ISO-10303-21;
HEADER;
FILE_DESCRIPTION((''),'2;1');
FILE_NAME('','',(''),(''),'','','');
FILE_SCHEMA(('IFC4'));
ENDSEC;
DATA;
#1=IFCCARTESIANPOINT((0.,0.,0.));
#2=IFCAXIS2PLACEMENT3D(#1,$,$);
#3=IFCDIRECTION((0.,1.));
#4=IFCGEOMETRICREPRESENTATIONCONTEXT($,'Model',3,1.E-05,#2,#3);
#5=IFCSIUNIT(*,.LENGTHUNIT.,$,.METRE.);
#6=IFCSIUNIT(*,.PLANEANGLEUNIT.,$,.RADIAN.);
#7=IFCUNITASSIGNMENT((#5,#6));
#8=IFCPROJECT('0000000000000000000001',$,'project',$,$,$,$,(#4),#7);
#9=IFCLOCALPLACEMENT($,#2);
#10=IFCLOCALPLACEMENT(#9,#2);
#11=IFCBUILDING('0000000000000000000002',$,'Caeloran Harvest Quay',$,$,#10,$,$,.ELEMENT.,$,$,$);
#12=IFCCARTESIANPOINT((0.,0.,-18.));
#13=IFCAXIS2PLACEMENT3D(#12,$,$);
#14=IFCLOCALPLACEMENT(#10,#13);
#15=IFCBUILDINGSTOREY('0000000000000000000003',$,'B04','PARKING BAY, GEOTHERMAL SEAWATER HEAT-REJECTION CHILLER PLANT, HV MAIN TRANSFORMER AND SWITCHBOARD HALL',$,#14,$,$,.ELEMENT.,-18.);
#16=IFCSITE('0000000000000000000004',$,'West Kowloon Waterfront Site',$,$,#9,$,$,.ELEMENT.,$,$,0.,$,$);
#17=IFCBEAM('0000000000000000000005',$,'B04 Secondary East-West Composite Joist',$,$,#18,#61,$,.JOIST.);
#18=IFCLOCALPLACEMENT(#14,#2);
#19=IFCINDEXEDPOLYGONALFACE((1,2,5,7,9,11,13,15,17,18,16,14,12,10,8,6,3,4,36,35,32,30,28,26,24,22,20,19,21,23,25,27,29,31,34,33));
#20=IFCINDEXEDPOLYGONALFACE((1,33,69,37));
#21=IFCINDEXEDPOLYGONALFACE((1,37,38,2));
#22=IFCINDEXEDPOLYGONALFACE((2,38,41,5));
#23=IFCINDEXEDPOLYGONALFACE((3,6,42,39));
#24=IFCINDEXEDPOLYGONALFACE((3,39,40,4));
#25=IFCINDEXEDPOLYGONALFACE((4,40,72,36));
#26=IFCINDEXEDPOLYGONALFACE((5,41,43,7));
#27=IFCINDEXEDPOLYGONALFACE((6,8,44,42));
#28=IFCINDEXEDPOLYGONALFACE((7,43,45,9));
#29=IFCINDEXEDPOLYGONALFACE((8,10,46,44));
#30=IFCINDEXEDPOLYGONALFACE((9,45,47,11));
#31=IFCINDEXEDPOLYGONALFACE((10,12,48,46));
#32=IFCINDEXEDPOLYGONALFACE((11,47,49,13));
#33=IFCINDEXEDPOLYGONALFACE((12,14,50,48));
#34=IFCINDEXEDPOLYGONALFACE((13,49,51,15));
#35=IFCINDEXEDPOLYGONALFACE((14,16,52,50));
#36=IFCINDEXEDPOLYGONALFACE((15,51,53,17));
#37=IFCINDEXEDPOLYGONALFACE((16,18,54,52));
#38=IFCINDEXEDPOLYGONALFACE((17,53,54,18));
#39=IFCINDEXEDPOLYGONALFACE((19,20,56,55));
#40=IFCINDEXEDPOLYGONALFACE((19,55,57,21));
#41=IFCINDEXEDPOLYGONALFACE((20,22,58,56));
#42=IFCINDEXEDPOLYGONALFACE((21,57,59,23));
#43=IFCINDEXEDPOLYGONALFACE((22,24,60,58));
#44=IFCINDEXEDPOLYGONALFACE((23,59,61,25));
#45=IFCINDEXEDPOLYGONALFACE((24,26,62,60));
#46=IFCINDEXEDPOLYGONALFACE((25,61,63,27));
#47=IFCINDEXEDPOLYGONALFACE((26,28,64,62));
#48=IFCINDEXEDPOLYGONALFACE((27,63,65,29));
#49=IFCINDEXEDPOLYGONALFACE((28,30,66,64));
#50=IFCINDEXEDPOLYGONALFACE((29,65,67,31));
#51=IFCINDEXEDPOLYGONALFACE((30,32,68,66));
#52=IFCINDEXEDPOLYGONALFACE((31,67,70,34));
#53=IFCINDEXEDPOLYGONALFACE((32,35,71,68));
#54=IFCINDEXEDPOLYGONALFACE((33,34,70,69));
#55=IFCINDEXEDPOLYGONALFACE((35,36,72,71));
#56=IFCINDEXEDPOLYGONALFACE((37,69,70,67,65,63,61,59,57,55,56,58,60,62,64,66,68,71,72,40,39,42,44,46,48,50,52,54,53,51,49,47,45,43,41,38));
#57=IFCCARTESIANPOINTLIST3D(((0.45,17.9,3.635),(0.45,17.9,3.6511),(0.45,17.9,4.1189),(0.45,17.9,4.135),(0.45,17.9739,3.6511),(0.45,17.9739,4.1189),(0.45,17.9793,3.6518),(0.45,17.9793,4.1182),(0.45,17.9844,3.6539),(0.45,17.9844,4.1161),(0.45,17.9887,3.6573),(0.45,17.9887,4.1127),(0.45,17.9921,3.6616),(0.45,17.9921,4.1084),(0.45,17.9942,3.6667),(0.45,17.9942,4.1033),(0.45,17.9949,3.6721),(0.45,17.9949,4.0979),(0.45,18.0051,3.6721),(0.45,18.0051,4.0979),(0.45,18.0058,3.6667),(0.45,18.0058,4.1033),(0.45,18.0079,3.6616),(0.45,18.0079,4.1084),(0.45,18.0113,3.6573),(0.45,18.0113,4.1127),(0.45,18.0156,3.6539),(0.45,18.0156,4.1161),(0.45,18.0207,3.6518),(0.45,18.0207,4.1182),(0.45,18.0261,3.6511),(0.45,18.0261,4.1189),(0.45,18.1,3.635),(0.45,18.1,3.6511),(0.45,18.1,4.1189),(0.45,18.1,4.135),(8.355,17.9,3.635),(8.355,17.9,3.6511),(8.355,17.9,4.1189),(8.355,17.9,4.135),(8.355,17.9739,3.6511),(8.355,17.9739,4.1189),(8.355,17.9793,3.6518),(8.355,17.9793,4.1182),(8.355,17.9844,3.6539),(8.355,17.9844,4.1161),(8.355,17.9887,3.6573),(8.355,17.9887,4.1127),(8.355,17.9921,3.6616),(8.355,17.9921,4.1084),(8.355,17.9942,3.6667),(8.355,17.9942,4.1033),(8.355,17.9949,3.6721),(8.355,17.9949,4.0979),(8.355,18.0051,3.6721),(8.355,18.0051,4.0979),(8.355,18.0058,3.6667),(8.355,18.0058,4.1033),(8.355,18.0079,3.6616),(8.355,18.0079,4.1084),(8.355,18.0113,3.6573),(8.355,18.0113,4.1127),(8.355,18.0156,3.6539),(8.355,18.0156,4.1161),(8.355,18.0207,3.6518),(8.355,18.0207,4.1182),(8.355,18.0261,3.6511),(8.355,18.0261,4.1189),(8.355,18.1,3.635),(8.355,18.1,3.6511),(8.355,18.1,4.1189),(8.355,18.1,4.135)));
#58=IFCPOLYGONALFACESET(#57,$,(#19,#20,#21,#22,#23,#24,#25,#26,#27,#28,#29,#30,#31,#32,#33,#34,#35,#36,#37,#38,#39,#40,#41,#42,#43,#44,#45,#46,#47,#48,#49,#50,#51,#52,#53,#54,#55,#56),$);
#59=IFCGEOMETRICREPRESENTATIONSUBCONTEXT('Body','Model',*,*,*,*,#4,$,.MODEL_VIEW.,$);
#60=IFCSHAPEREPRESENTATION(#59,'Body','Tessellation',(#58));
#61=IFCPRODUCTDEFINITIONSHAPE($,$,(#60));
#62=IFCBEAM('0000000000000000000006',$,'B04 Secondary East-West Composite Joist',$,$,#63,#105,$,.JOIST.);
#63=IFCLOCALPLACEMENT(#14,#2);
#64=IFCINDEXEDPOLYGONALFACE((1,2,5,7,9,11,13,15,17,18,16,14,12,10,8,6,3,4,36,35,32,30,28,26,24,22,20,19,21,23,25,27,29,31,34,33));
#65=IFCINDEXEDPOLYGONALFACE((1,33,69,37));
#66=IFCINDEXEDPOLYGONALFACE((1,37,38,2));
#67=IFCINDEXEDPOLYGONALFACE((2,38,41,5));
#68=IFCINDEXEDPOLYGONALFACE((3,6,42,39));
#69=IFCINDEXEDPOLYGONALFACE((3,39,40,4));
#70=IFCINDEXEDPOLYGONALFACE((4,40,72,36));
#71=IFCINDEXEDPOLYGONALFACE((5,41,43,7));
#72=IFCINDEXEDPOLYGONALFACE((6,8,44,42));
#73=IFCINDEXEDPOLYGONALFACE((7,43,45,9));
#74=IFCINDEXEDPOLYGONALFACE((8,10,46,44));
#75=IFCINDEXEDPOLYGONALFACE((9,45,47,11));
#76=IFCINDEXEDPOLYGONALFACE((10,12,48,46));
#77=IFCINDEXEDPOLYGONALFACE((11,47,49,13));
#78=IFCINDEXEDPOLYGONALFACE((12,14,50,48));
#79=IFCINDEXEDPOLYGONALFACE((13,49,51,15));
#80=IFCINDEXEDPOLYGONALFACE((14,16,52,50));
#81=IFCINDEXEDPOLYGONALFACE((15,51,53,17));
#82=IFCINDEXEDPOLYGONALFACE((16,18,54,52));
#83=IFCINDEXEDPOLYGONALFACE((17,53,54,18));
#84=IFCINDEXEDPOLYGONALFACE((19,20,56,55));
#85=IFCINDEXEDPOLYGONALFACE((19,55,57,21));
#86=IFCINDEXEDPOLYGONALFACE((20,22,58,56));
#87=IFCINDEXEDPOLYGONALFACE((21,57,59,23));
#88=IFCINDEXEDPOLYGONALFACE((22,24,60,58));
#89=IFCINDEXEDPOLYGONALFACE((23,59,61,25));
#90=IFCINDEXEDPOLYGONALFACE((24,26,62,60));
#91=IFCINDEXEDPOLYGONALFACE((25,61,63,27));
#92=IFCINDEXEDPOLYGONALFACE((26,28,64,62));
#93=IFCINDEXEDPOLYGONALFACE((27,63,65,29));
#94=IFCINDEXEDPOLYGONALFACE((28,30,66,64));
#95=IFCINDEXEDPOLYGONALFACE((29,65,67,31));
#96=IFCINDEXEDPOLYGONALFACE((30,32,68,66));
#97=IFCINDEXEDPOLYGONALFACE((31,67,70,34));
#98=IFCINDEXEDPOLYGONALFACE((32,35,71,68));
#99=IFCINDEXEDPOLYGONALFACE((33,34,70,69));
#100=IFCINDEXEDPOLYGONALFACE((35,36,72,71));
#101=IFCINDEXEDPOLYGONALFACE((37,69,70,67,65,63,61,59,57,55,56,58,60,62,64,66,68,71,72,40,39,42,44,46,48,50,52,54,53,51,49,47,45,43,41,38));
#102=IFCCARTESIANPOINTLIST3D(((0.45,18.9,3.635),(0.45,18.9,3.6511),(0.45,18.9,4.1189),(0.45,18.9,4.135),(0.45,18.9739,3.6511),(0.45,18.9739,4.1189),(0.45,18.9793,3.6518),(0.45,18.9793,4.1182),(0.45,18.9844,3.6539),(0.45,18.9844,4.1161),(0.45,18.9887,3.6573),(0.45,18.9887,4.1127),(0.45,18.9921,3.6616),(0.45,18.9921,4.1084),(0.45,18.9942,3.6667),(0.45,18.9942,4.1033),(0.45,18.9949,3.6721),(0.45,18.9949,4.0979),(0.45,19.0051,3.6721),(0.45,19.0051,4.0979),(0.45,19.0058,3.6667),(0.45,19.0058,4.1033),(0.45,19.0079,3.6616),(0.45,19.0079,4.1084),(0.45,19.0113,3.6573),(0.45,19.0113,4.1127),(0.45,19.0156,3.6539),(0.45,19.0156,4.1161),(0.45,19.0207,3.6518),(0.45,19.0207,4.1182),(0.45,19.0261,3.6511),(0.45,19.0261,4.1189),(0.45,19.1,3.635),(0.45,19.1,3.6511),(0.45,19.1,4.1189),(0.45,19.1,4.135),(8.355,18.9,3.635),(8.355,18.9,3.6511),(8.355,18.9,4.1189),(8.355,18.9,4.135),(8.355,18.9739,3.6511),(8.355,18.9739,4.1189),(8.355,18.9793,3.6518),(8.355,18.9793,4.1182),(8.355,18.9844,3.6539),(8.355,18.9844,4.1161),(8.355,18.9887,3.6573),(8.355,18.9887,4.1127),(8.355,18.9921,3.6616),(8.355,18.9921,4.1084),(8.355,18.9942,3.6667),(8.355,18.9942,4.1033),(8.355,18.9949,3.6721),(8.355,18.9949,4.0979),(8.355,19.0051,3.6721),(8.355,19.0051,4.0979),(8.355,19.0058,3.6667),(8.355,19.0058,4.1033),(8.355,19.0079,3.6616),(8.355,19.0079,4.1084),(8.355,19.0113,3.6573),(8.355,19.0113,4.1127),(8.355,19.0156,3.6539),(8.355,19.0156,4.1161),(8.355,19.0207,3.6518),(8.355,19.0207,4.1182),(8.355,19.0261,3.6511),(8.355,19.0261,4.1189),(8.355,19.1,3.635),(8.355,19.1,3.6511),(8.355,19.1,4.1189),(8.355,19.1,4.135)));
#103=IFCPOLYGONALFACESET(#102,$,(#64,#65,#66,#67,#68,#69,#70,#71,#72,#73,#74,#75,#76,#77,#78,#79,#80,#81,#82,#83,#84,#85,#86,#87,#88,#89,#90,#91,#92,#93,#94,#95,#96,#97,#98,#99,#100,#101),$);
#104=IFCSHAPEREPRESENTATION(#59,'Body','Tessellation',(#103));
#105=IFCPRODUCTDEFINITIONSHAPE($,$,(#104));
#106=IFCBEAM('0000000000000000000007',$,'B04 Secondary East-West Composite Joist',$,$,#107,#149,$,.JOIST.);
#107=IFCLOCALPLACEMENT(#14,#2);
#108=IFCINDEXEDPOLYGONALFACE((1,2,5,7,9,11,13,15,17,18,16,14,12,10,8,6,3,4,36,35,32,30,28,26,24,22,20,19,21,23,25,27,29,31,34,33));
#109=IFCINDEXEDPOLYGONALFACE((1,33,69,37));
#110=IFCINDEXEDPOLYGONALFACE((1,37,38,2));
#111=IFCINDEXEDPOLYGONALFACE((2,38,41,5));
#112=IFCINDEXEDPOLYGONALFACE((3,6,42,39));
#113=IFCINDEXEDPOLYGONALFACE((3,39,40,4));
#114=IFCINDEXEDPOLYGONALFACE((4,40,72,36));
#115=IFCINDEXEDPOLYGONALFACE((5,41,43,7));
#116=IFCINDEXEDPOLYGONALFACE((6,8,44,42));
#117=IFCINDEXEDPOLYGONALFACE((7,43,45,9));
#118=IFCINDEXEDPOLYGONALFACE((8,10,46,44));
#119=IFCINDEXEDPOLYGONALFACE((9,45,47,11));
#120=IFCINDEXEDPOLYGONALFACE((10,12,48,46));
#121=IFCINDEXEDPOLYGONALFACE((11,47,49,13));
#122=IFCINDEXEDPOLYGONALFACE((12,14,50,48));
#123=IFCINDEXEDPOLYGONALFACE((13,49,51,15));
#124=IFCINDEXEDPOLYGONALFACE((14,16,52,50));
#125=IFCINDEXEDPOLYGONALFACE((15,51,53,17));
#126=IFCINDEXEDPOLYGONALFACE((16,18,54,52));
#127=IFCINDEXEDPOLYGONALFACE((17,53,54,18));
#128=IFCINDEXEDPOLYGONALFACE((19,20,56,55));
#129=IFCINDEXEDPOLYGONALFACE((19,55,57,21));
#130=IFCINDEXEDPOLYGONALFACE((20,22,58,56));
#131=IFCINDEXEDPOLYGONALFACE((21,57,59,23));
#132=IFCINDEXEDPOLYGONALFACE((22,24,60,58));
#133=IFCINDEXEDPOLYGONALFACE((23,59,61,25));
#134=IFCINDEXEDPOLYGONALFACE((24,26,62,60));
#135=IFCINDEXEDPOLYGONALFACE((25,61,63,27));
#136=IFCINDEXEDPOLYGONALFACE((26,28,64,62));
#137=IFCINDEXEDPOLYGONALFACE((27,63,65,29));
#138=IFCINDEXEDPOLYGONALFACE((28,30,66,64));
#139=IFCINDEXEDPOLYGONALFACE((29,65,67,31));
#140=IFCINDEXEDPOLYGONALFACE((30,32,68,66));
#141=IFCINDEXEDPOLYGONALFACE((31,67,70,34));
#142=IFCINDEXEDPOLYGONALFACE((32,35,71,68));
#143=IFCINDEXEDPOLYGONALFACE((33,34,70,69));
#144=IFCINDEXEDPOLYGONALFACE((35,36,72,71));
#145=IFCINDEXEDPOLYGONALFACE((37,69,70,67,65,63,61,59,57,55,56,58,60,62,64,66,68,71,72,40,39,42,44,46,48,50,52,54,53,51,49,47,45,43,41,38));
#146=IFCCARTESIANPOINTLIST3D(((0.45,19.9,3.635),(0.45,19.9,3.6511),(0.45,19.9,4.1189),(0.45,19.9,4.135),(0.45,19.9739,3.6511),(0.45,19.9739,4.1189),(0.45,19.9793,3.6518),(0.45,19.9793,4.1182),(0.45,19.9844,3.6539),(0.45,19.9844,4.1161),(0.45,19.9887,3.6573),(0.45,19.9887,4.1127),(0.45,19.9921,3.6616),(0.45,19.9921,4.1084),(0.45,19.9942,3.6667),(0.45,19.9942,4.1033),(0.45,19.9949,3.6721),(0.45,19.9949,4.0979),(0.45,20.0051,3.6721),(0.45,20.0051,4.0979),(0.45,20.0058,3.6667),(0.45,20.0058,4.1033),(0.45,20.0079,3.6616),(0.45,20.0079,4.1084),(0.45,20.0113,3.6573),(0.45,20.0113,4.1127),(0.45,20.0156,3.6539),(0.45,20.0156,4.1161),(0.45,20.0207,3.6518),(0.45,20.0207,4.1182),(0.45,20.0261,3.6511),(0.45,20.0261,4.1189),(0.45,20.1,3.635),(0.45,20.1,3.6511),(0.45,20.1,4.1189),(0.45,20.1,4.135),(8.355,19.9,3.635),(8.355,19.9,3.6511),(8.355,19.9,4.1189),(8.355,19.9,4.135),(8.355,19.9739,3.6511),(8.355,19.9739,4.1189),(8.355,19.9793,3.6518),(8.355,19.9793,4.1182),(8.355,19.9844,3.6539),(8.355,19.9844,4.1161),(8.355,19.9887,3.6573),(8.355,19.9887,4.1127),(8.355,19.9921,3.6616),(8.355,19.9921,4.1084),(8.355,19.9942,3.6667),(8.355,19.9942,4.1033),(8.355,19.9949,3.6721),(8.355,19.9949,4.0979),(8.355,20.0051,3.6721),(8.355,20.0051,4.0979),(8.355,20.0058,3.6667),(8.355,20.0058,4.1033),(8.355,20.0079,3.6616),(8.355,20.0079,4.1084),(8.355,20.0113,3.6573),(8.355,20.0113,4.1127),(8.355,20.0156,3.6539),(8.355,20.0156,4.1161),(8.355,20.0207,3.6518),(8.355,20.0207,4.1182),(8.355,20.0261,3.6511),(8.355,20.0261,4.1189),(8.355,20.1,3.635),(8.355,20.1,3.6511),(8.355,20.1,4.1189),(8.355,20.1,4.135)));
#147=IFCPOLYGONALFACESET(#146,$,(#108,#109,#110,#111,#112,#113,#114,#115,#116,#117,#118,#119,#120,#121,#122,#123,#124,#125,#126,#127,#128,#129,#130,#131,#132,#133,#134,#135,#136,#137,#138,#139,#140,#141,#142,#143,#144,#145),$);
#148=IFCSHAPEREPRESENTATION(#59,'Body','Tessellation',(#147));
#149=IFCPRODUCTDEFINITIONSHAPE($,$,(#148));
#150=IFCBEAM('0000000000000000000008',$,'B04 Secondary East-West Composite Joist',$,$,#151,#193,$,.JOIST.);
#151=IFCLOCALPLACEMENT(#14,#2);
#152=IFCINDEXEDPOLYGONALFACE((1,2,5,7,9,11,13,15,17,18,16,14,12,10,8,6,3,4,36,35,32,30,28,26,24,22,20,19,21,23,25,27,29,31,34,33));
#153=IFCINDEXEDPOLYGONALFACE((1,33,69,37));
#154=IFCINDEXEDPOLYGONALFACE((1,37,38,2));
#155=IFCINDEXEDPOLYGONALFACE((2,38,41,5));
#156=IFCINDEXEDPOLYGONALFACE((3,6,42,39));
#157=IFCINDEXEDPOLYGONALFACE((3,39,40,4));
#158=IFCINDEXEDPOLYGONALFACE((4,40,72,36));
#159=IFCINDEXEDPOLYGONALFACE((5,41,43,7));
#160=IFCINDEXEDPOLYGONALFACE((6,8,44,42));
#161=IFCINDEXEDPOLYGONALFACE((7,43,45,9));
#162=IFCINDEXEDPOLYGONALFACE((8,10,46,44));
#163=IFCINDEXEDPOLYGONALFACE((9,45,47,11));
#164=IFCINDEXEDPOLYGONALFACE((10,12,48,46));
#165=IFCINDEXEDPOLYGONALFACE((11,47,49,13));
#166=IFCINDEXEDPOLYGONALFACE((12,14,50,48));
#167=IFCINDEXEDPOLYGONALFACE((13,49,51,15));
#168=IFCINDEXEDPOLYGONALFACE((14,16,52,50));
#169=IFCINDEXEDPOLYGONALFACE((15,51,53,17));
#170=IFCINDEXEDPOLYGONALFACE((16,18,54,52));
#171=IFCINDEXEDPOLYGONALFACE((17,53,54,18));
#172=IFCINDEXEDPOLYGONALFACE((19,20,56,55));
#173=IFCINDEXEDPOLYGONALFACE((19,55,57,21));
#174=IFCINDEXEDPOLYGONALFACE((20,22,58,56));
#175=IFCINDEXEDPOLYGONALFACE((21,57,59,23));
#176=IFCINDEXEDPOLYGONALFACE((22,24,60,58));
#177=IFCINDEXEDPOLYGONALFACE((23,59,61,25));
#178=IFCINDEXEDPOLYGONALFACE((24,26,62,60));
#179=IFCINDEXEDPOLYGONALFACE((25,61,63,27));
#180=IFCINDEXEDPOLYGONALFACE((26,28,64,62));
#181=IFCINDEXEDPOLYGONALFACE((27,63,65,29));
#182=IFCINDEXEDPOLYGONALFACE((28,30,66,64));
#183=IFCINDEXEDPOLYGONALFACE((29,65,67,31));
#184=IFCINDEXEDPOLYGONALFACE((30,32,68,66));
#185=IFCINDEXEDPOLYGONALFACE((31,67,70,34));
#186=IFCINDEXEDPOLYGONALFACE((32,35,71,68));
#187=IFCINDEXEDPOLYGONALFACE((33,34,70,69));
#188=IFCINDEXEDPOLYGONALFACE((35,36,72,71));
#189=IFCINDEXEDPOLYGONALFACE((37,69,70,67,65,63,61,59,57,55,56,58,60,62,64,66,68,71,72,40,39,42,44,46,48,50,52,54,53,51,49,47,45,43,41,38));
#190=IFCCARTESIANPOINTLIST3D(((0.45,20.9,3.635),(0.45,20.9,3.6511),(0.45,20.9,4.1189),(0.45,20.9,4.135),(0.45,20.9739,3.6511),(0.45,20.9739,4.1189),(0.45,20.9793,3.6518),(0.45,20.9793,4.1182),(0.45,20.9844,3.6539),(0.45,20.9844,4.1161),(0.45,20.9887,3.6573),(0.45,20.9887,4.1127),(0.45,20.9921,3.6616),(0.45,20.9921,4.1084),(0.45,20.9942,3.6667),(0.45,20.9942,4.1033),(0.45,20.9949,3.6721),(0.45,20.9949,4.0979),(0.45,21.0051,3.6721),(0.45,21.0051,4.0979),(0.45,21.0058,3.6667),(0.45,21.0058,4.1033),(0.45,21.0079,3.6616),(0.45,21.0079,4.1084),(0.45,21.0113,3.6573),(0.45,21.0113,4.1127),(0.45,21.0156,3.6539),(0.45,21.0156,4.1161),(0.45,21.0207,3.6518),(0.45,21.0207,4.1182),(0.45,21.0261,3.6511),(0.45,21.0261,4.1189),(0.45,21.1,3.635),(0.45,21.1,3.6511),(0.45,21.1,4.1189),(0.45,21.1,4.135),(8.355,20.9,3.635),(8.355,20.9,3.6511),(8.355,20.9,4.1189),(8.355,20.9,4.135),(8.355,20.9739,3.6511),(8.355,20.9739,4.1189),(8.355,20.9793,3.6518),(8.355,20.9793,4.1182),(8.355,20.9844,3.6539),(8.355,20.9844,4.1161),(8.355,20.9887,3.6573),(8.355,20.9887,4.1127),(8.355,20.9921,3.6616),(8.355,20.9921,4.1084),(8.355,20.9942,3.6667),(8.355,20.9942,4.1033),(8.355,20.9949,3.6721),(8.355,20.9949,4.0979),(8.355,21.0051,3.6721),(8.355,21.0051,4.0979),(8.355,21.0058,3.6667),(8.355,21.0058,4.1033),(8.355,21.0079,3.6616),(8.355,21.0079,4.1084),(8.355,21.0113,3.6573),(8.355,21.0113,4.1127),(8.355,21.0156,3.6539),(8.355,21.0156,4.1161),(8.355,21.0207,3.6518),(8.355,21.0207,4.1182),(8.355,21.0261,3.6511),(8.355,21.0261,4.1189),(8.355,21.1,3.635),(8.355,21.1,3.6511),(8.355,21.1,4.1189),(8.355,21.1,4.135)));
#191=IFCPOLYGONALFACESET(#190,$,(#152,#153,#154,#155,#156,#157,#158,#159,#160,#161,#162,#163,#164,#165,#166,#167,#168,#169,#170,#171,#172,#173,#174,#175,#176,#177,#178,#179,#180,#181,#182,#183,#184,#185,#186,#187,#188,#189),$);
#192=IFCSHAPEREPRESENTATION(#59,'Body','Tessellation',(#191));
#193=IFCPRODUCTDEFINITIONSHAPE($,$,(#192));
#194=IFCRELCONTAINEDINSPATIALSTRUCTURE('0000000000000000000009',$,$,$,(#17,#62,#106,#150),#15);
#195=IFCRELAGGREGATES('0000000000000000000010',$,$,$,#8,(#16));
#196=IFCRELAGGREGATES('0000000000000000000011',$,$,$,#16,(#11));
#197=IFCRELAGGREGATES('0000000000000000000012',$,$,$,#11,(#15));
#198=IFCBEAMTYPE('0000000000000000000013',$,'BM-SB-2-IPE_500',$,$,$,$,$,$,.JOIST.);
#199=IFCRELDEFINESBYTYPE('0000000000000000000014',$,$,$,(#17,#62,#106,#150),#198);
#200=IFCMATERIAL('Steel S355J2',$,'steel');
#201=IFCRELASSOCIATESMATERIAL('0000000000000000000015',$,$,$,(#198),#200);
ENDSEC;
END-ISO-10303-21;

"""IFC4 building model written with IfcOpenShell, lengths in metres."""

from ifc_helpers import new_model, si_unit, direction, frame, origin, origin_2d, place, context, subcontext, project, spatial, i_section, extrude, material, material_profile, profile_set, type_object, element, save


model = new_model("IFC4")

# Units and contexts
model_context = context("Model", 3, precision=1e-05, world=origin(), true_north=direction((0.0, 1.0)))
body_context = subcontext(model_context, "Body", "Model", "MODEL_VIEW")
ifc_project = project(units=[si_unit("LENGTHUNIT", "METRE"), si_unit("PLANEANGLEUNIT", "RADIAN")], contexts=[model_context])

# Site, building, storey
site_placement = place(None, origin())
site = spatial("IfcSite", under=ifc_project, at=site_placement, Name="West Kowloon Waterfront Site", CompositionType="ELEMENT", RefElevation=0.0)
building_placement = place(site_placement, origin())
building = spatial("IfcBuilding", under=site, at=building_placement, Name="Caeloran Harvest Quay", CompositionType="ELEMENT")
storey_placement = place(building_placement, frame((0.0, 0.0, -18.0)))
storey = spatial("IfcBuildingStorey", under=building, at=storey_placement, Name="B04", Description="PARKING BAY, GEOTHERMAL SEAWATER HEAT-REJECTION CHILLER PLANT, HV MAIN TRANSFORMER AND SWITCHBOARD HALL", CompositionType="ELEMENT", Elevation=-18.0)

# Beams
ifc_material_1 = material(Name="Steel S355J2", Category="steel")
ifc_material_profile_1 = material_profile(ifc_material_1, i_section(OverallWidth=0.2, OverallDepth=0.5, WebThickness=0.0103, FlangeThickness=0.0161, FilletRadius=0.021, at=origin_2d()), Name="IPE 500")
ifc_profile_set_1 = profile_set([ifc_material_profile_1], Name="Steel S355J2")
beam_type_1 = type_object("IfcBeamType", Name="BM-SB-2-IPE_500", PredefinedType="JOIST", material=ifc_profile_set_1)
for number, where, z_axis, x_axis, name in (
    (1, (0.45, 18.0, 3.885), (1.0, 0.0, 0.0), (0.0, 1.0, 0.0), "B04 Secondary East-West Composite Joist"),
    (2, (0.45, 19.0, 3.885), (1.0, 0.0, 0.0), (0.0, 1.0, 0.0), "B04 Secondary East-West Composite Joist"),
    (3, (0.45, 20.0, 3.885), (1.0, 0.0, 0.0), (0.0, 1.0, 0.0), "B04 Secondary East-West Composite Joist"),
    (4, (0.45, 21.0, 3.885), (1.0, 0.0, 0.0), (0.0, 1.0, 0.0), "B04 Secondary East-West Composite Joist"),
):
    element("IfcBeam", number, at=place(storey_placement, frame(where, z_axis=z_axis, x_axis=x_axis)), inside=storey, type_object=beam_type_1, Name=name, PredefinedType="JOIST", context=body_context, shape_type="SweptSolid", body=[
        extrude(i_section(OverallWidth=0.2, OverallDepth=0.5, WebThickness=0.0103, FlangeThickness=0.0161, FilletRadius=0.021, at=origin_2d()), origin(), (0.0, 0.0, 1.0), 7.905),
    ])

save(model, "model.ifc")
